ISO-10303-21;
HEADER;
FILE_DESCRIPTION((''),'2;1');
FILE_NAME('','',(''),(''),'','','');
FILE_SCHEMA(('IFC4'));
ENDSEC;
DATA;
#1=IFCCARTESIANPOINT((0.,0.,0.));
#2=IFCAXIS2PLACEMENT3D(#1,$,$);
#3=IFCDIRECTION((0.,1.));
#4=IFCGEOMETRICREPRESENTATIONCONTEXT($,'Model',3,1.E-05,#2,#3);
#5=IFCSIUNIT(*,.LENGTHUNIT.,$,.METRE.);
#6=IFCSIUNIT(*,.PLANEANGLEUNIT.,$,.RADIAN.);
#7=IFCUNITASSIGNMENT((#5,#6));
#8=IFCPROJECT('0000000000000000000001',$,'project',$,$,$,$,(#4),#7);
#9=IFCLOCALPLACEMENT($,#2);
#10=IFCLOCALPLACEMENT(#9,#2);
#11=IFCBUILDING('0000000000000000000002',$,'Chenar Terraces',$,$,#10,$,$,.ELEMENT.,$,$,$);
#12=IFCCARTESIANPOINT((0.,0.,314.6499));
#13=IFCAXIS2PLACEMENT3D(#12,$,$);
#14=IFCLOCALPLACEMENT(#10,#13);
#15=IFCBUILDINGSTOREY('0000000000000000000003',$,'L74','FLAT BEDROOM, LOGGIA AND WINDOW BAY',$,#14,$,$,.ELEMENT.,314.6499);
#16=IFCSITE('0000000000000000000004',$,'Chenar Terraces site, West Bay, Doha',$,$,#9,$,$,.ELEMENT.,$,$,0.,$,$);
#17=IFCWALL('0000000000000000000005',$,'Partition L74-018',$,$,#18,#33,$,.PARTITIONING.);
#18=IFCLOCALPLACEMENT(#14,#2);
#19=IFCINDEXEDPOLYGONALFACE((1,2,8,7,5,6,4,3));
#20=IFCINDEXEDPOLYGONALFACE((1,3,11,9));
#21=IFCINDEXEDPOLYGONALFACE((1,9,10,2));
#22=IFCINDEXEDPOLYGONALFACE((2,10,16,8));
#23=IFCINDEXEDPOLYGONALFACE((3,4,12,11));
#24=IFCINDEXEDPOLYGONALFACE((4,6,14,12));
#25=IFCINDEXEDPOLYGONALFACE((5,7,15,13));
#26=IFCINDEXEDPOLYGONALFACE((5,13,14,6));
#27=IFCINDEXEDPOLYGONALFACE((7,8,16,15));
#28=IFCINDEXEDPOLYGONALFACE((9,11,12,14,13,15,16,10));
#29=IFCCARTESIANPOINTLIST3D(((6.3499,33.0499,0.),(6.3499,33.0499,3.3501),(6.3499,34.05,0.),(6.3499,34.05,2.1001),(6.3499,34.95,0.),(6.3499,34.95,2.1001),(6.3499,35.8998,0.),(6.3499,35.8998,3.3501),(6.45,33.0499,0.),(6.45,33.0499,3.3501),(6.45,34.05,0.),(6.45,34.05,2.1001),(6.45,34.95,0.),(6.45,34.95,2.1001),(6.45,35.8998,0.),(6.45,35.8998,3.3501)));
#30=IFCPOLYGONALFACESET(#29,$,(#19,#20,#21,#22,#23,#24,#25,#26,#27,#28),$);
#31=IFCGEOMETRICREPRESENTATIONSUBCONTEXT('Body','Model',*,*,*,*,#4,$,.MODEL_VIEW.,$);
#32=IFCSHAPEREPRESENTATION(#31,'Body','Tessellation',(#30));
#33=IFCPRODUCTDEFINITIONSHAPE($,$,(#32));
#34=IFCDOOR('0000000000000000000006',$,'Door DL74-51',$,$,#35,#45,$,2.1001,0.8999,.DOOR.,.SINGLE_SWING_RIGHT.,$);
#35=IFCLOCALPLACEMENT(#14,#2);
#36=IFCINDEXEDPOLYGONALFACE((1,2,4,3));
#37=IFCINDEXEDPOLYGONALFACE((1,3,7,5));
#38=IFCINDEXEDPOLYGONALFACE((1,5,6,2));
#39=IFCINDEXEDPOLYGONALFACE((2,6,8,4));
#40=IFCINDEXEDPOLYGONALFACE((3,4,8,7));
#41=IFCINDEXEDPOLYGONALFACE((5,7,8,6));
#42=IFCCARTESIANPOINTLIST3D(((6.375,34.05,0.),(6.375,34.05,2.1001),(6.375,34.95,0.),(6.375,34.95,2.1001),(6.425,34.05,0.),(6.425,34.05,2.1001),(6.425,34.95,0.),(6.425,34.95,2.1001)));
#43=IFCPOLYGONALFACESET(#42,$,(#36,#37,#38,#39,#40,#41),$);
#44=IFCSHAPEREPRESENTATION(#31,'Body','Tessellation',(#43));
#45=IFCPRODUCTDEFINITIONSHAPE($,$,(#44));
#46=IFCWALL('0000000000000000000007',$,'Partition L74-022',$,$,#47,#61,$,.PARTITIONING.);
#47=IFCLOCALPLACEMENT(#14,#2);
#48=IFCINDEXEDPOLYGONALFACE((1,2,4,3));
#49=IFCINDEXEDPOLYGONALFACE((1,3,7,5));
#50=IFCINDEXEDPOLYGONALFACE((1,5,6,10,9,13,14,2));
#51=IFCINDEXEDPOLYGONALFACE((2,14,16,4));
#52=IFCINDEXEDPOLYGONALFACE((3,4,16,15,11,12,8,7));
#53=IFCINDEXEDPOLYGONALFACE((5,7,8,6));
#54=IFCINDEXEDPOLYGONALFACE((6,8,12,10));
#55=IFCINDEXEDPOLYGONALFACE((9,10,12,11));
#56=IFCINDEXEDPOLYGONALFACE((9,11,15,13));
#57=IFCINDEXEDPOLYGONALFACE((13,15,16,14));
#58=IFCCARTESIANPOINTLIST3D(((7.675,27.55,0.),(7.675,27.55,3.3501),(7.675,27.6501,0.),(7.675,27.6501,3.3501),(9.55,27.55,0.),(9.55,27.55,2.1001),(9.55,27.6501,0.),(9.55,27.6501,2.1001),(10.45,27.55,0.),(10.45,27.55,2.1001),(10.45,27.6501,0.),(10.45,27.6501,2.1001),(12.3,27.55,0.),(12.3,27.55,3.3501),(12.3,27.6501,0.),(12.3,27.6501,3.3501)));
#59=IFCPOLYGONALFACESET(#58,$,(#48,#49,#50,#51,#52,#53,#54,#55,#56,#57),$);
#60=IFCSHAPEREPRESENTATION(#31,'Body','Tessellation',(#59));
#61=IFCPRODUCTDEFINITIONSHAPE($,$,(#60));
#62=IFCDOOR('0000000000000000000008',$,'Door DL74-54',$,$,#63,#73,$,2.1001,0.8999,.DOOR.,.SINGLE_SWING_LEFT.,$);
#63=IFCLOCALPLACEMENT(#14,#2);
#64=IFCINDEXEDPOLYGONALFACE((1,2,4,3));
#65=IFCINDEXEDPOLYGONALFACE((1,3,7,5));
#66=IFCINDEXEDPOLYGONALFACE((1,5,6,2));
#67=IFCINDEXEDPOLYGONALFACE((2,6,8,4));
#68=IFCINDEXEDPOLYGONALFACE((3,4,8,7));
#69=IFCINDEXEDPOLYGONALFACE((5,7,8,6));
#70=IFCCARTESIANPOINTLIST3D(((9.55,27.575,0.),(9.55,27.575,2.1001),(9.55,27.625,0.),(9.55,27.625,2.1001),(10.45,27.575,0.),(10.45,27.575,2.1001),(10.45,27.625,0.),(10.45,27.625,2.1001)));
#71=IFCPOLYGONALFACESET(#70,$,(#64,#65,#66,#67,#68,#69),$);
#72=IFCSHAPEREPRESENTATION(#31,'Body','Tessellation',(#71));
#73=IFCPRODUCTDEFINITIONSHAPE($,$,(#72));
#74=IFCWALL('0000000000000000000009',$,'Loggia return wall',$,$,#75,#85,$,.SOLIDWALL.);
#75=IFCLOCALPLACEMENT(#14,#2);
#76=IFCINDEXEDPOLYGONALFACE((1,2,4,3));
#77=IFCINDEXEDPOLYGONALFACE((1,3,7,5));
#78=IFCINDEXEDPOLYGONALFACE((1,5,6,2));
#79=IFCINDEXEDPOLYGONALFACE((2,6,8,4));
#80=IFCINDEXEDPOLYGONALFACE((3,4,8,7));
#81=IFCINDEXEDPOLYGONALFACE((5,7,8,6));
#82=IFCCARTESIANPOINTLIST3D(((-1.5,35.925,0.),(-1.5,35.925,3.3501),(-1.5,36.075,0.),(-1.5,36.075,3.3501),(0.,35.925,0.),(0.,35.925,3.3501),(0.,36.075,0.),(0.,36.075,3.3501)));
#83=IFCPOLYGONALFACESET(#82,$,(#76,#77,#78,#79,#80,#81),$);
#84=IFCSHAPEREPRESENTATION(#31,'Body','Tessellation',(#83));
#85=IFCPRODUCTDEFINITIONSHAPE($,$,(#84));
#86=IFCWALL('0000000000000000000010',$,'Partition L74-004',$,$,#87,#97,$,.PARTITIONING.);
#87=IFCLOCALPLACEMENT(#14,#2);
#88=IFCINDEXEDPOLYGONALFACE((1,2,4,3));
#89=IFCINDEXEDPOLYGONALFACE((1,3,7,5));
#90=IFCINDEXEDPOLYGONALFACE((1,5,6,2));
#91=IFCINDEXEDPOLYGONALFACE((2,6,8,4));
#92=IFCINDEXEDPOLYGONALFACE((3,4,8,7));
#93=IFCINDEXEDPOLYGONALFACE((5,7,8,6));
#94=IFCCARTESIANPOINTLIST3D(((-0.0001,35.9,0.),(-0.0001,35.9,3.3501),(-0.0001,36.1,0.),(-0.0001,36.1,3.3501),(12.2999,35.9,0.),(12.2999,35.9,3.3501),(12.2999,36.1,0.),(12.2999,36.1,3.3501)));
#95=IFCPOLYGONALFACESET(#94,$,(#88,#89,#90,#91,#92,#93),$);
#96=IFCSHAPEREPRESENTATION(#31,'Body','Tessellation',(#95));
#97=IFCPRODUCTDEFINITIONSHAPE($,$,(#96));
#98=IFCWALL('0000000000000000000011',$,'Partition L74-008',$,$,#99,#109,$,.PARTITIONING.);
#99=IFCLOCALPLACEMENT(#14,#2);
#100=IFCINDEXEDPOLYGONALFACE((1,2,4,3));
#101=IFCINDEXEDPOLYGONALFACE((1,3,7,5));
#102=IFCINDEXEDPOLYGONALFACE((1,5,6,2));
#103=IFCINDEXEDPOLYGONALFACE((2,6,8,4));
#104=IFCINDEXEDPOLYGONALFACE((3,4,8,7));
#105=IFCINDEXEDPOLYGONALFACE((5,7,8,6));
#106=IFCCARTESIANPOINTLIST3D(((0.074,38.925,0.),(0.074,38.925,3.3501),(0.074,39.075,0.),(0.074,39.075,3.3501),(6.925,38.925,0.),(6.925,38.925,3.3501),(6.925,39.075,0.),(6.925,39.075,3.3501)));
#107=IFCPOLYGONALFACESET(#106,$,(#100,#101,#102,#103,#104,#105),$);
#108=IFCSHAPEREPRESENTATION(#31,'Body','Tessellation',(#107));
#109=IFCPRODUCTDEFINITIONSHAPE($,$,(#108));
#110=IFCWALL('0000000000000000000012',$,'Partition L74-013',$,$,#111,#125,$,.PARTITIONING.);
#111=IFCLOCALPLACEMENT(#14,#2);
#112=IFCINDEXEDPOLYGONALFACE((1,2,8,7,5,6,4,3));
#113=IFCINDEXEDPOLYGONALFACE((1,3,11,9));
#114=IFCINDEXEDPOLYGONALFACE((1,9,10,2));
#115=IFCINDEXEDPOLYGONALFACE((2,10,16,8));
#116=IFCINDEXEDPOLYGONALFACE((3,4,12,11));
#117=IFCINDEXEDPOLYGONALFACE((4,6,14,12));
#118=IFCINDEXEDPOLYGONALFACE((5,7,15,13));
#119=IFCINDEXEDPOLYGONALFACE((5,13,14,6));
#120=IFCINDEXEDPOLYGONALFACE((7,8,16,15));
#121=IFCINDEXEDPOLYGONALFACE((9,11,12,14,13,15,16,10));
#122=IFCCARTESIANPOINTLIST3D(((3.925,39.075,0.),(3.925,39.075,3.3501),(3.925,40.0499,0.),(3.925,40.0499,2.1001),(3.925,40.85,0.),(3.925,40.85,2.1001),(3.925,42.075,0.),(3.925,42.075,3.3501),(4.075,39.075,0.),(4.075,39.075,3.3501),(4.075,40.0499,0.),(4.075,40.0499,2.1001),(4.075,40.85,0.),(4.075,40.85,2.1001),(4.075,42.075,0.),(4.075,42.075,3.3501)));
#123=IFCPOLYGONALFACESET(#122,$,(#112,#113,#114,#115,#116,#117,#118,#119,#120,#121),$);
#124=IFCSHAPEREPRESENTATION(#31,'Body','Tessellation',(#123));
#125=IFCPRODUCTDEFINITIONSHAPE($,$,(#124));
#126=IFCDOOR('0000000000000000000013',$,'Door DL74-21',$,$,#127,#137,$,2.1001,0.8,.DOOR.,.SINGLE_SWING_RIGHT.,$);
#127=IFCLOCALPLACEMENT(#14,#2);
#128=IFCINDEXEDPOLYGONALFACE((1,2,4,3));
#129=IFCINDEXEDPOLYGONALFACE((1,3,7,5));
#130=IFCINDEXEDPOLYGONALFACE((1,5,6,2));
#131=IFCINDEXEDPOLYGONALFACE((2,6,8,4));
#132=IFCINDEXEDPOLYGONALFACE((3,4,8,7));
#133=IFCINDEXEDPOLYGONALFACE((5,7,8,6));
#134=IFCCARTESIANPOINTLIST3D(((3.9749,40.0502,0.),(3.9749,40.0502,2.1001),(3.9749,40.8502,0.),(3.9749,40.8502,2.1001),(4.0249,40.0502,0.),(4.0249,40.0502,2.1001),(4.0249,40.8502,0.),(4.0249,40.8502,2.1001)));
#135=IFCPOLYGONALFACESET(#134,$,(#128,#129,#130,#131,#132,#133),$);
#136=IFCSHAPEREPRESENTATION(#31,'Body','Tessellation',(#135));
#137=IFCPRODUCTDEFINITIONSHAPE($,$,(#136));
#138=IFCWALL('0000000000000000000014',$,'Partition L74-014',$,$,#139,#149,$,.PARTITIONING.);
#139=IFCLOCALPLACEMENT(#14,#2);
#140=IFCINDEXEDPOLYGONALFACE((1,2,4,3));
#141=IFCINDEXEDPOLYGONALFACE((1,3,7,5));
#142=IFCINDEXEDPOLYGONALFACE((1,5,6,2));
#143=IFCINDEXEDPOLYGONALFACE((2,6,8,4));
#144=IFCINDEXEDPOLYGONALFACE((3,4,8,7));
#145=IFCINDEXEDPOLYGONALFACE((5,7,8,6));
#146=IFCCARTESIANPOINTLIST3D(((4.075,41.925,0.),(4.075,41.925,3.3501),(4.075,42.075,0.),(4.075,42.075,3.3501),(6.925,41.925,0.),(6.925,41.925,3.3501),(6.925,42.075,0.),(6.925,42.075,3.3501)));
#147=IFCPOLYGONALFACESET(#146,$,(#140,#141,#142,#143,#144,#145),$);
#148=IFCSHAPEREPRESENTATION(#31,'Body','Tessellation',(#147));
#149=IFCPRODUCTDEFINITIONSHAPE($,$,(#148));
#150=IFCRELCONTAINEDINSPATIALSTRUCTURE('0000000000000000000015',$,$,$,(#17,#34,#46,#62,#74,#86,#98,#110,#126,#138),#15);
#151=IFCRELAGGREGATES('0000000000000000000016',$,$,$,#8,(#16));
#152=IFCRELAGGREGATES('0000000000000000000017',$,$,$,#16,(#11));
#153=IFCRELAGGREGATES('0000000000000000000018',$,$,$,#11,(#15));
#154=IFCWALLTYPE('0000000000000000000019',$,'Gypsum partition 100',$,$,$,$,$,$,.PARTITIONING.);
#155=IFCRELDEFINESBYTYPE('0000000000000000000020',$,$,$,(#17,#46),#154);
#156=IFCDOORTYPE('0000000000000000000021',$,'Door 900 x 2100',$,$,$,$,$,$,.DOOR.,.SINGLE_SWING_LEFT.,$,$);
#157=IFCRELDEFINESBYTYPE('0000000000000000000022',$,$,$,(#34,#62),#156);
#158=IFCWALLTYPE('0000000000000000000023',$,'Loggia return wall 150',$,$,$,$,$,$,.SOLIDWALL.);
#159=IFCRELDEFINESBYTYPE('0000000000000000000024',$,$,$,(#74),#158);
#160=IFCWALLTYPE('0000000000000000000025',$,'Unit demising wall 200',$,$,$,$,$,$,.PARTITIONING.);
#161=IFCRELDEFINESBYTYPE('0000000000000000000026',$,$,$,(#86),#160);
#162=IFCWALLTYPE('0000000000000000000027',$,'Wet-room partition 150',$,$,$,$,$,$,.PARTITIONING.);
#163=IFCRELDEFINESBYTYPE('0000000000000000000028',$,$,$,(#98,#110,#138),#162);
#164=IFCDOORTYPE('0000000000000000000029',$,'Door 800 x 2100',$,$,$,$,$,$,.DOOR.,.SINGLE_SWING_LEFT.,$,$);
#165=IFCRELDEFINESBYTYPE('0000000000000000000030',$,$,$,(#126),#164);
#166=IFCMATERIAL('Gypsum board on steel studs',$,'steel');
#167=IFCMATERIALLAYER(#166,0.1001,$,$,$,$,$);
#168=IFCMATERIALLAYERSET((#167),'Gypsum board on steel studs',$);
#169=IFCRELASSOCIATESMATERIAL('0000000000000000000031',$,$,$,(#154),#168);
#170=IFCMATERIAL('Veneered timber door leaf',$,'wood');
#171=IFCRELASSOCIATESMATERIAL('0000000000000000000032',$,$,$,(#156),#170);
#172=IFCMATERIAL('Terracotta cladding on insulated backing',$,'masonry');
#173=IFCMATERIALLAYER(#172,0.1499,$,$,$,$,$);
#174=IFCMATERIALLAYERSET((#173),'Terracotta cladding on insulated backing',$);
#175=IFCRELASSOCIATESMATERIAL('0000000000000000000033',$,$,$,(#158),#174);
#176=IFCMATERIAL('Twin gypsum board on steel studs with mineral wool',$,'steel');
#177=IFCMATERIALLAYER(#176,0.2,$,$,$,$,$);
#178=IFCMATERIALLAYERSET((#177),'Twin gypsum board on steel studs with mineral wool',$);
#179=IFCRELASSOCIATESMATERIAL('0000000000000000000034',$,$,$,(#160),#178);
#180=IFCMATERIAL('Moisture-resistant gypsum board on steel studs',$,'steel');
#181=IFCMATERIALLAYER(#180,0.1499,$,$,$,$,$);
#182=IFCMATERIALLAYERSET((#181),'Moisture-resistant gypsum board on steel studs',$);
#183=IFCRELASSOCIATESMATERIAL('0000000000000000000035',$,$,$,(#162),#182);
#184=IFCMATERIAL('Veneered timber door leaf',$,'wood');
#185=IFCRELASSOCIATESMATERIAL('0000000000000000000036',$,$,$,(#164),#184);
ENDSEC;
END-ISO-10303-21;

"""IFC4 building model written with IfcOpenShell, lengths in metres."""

from ifc_helpers import new_model, si_unit, direction, frame, frame_2d, origin, place, context, subcontext, project, spatial, rectangle, extrude, material, layer, layer_set, type_object, element, fill, save


model = new_model("IFC4")

# Units and contexts
model_context = context("Model", 3, precision=1e-05, world=origin(), true_north=direction((0.0, 1.0)))
body_context = subcontext(model_context, "Body", "Model", "MODEL_VIEW")
ifc_project = project(units=[si_unit("LENGTHUNIT", "METRE"), si_unit("PLANEANGLEUNIT", "RADIAN")], contexts=[model_context])

# Site, building, storey
site_placement = place(None, origin())
site = spatial("IfcSite", under=ifc_project, at=site_placement, Name="Chenar Terraces site, West Bay, Doha", CompositionType="ELEMENT", RefElevation=0.0)
building_placement = place(site_placement, origin())
building = spatial("IfcBuilding", under=site, at=building_placement, Name="Chenar Terraces", CompositionType="ELEMENT")
storey_placement = place(building_placement, frame((0.0, 0.0, 314.6499)))
storey = spatial("IfcBuildingStorey", under=building, at=storey_placement, Name="L74", Description="FLAT BEDROOM, LOGGIA AND WINDOW BAY", CompositionType="ELEMENT", Elevation=314.6499)

# Shared definitions
placement = place(storey_placement, frame((0.0, 36.0, 0.0), z_axis=(0.0, 0.0, 1.0), x_axis=(1.0, 0.0, 0.0)))

# Shared definitions
ifc_material_1 = material(Name="Gypsum board on steel studs", Category="steel")
ifc_layer_1 = layer(ifc_material_1, 0.1001)
ifc_layer_set_1 = layer_set([ifc_layer_1], Name="Gypsum board on steel studs")
wall_type_1 = type_object("IfcWallType", Name="Gypsum partition 100", PredefinedType="PARTITIONING", material=ifc_layer_set_1)
ifc_material_2 = material(Name="Veneered timber door leaf", Category="wood")
door_type_1 = type_object("IfcDoorType", Name="Door 900 x 2100", OperationType="SINGLE_SWING_LEFT", PredefinedType="DOOR", material=ifc_material_2)

# Walls, openings, doors
wall_1_placement = place(storey_placement, frame((6.3999, 33.05, 0.0), z_axis=(0.0, 0.0, 1.0), x_axis=(0.0, 1.0, 0.0)))
wall_1 = element("IfcWall", 1, at=wall_1_placement, inside=storey, type_object=wall_type_1, Name="Partition L74-018", PredefinedType="PARTITIONING", context=body_context, shape_type="SweptSolid", body=[
    extrude(rectangle(XDim=2.8499, YDim=0.1001, at=frame_2d((1.4248, 0.0))), origin(), (0.0, 0.0, 1.0), 3.3501),
])
opening_1_placement = place(wall_1_placement, frame((1.0, 0.0, 0.0)))
opening_1 = element("IfcOpeningElement", 2, at=opening_1_placement, cuts=wall_1, PredefinedType="OPENING", context=body_context, shape_type="SweptSolid", body=[
    extrude(rectangle(XDim=0.8999, YDim=2.1001, at=frame_2d((0.45, 1.05))), frame((0.0, 0.0601, 0.0), z_axis=(0.0, -1.0, 0.0), x_axis=(1.0, 0.0, 0.0)), (0.0, 0.0, 1.0), 0.1201),
])
door_1_placement = place(opening_1_placement, origin())
door_1 = element("IfcDoor", 3, at=door_1_placement, inside=storey, type_object=door_type_1, Name="Door DL74-51", OperationType="SINGLE_SWING_RIGHT", OverallHeight=2.1001, OverallWidth=0.8999, PredefinedType="DOOR", context=body_context, shape_type="SweptSolid", body=[
    extrude(rectangle(XDim=0.8999, YDim=2.1001, at=frame_2d((0.45, 1.05))), frame((0.0, 0.0249, 0.0), z_axis=(0.0, -1.0, 0.0), x_axis=(1.0, 0.0, 0.0)), (0.0, 0.0, 1.0), 0.05),
])
fill(opening_1, door_1)
wall_2_placement = place(storey_placement, frame((7.675, 27.6001, 0.0), z_axis=(0.0, 0.0, 1.0), x_axis=(1.0, 0.0, 0.0)))
wall_2 = element("IfcWall", 4, at=wall_2_placement, inside=storey, type_object=wall_type_1, Name="Partition L74-022", PredefinedType="PARTITIONING", context=body_context, shape_type="SweptSolid", body=[
    extrude(rectangle(XDim=4.625, YDim=0.1001, at=frame_2d((2.3125, 0.0))), origin(), (0.0, 0.0, 1.0), 3.3501),
])
opening_2_placement = place(wall_2_placement, frame((1.875, 0.0, 0.0)))
opening_2 = element("IfcOpeningElement", 5, at=opening_2_placement, cuts=wall_2, PredefinedType="OPENING", context=body_context, shape_type="SweptSolid", body=[
    extrude(rectangle(XDim=0.8999, YDim=2.1001, at=frame_2d((0.45, 1.05))), frame((0.0, 0.0601, 0.0), z_axis=(0.0, -1.0, 0.0), x_axis=(1.0, 0.0, 0.0)), (0.0, 0.0, 1.0), 0.1201),
])
door_2_placement = place(opening_2_placement, origin())
door_2 = element("IfcDoor", 6, at=door_2_placement, inside=storey, type_object=door_type_1, Name="Door DL74-54", OperationType="SINGLE_SWING_LEFT", OverallHeight=2.1001, OverallWidth=0.8999, PredefinedType="DOOR", context=body_context, shape_type="SweptSolid", body=[
    extrude(rectangle(XDim=0.8999, YDim=2.1001, at=frame_2d((0.45, 1.05))), frame((0.0, 0.0249, 0.0), z_axis=(0.0, -1.0, 0.0), x_axis=(1.0, 0.0, 0.0)), (0.0, 0.0, 1.0), 0.05),
])
fill(opening_2, door_2)

# Walls
ifc_material_3 = material(Name="Terracotta cladding on insulated backing", Category="masonry")
ifc_layer_2 = layer(ifc_material_3, 0.1499)
ifc_layer_set_2 = layer_set([ifc_layer_2], Name="Terracotta cladding on insulated backing")
wall_type_2 = type_object("IfcWallType", Name="Loggia return wall 150", PredefinedType="SOLIDWALL", material=ifc_layer_set_2)
wall_3_placement = place(storey_placement, frame((-1.5, 36.0, 0.0), z_axis=(0.0, 0.0, 1.0), x_axis=(1.0, 0.0, 0.0)))
element("IfcWall", 7, at=wall_3_placement, inside=storey, type_object=wall_type_2, Name="Loggia return wall", PredefinedType="SOLIDWALL", context=body_context, shape_type="SweptSolid", body=[
    extrude(rectangle(XDim=1.5, YDim=0.1499, at=frame_2d((0.75, 0.0))), origin(), (0.0, 0.0, 1.0), 3.3501),
])
ifc_material_4 = material(Name="Twin gypsum board on steel studs with mineral wool", Category="steel")
ifc_layer_3 = layer(ifc_material_4, 0.2)
ifc_layer_set_3 = layer_set([ifc_layer_3], Name="Twin gypsum board on steel studs with mineral wool")
wall_type_3 = type_object("IfcWallType", Name="Unit demising wall 200", PredefinedType="PARTITIONING", material=ifc_layer_set_3)
element("IfcWall", 8, at=placement, inside=storey, type_object=wall_type_3, Name="Partition L74-004", PredefinedType="PARTITIONING", context=body_context, shape_type="SweptSolid", body=[
    extrude(rectangle(XDim=12.3, YDim=0.2, at=frame_2d((6.1499, 0.0))), origin(), (0.0, 0.0, 1.0), 3.3501),
])
ifc_material_5 = material(Name="Moisture-resistant gypsum board on steel studs", Category="steel")
ifc_layer_4 = layer(ifc_material_5, 0.1499)
ifc_layer_set_4 = layer_set([ifc_layer_4], Name="Moisture-resistant gypsum board on steel studs")
wall_type_4 = type_object("IfcWallType", Name="Wet-room partition 150", PredefinedType="PARTITIONING", material=ifc_layer_set_4)
wall_4_placement = place(storey_placement, frame((0.074, 39.0, 0.0), z_axis=(0.0, 0.0, 1.0), x_axis=(1.0, 0.0, 0.0)))
element("IfcWall", 9, at=wall_4_placement, inside=storey, type_object=wall_type_4, Name="Partition L74-008", PredefinedType="PARTITIONING", context=body_context, shape_type="SweptSolid", body=[
    extrude(rectangle(XDim=6.8511, YDim=0.1499, at=frame_2d((3.4255, 0.0))), origin(), (0.0, 0.0, 1.0), 3.3501),
])

# Wall, opening, door
wall_5_placement = place(storey_placement, frame((4.0, 39.075, 0.0), z_axis=(0.0, 0.0, 1.0), x_axis=(0.0, 1.0, 0.0)))
wall_5 = element("IfcWall", 10, at=wall_5_placement, inside=storey, type_object=wall_type_4, Name="Partition L74-013", PredefinedType="PARTITIONING", context=body_context, shape_type="SweptSolid", body=[
    extrude(rectangle(XDim=3.0, YDim=0.1499, at=frame_2d((1.5, 0.0))), origin(), (0.0, 0.0, 1.0), 3.3501),
])
opening_3_placement = place(wall_5_placement, frame((0.9751, 0.0, 0.0)))
opening_3 = element("IfcOpeningElement", 11, at=opening_3_placement, cuts=wall_5, PredefinedType="OPENING", context=body_context, shape_type="SweptSolid", body=[
    extrude(rectangle(XDim=0.8, YDim=2.1001, at=frame_2d((0.3999, 1.05))), frame((0.0, 0.085, 0.0), z_axis=(0.0, -1.0, 0.0), x_axis=(1.0, 0.0, 0.0)), (0.0, 0.0, 1.0), 0.1699),
])
ifc_material_6 = material(Name="Veneered timber door leaf", Category="wood")
door_type_2 = type_object("IfcDoorType", Name="Door 800 x 2100", OperationType="SINGLE_SWING_LEFT", PredefinedType="DOOR", material=ifc_material_6)
door_3_placement = place(opening_3_placement, frame((0.8, 0.0, 0.0), z_axis=(0.0, 0.0, 1.0), x_axis=(-1.0, 0.0, 0.0)))
door_3 = element("IfcDoor", 12, at=door_3_placement, inside=storey, type_object=door_type_2, Name="Door DL74-21", OperationType="SINGLE_SWING_RIGHT", OverallHeight=2.1001, OverallWidth=0.8, PredefinedType="DOOR", context=body_context, shape_type="SweptSolid", body=[
    extrude(rectangle(XDim=0.8, YDim=2.1001, at=frame_2d((0.3999, 1.05))), frame((0.0, 0.0249, 0.0), z_axis=(0.0, -1.0, 0.0), x_axis=(1.0, 0.0, 0.0)), (0.0, 0.0, 1.0), 0.05),
])
fill(opening_3, door_3)

# Wall
wall_6_placement = place(storey_placement, frame((4.075, 42.0, 0.0), z_axis=(0.0, 0.0, 1.0), x_axis=(1.0, 0.0, 0.0)))
element("IfcWall", 13, at=wall_6_placement, inside=storey, type_object=wall_type_4, Name="Partition L74-014", PredefinedType="PARTITIONING", context=body_context, shape_type="SweptSolid", body=[
    extrude(rectangle(XDim=2.8501, YDim=0.1499, at=frame_2d((1.425, 0.0))), origin(), (0.0, 0.0, 1.0), 3.3501),
])

save(model, "model.ifc")
